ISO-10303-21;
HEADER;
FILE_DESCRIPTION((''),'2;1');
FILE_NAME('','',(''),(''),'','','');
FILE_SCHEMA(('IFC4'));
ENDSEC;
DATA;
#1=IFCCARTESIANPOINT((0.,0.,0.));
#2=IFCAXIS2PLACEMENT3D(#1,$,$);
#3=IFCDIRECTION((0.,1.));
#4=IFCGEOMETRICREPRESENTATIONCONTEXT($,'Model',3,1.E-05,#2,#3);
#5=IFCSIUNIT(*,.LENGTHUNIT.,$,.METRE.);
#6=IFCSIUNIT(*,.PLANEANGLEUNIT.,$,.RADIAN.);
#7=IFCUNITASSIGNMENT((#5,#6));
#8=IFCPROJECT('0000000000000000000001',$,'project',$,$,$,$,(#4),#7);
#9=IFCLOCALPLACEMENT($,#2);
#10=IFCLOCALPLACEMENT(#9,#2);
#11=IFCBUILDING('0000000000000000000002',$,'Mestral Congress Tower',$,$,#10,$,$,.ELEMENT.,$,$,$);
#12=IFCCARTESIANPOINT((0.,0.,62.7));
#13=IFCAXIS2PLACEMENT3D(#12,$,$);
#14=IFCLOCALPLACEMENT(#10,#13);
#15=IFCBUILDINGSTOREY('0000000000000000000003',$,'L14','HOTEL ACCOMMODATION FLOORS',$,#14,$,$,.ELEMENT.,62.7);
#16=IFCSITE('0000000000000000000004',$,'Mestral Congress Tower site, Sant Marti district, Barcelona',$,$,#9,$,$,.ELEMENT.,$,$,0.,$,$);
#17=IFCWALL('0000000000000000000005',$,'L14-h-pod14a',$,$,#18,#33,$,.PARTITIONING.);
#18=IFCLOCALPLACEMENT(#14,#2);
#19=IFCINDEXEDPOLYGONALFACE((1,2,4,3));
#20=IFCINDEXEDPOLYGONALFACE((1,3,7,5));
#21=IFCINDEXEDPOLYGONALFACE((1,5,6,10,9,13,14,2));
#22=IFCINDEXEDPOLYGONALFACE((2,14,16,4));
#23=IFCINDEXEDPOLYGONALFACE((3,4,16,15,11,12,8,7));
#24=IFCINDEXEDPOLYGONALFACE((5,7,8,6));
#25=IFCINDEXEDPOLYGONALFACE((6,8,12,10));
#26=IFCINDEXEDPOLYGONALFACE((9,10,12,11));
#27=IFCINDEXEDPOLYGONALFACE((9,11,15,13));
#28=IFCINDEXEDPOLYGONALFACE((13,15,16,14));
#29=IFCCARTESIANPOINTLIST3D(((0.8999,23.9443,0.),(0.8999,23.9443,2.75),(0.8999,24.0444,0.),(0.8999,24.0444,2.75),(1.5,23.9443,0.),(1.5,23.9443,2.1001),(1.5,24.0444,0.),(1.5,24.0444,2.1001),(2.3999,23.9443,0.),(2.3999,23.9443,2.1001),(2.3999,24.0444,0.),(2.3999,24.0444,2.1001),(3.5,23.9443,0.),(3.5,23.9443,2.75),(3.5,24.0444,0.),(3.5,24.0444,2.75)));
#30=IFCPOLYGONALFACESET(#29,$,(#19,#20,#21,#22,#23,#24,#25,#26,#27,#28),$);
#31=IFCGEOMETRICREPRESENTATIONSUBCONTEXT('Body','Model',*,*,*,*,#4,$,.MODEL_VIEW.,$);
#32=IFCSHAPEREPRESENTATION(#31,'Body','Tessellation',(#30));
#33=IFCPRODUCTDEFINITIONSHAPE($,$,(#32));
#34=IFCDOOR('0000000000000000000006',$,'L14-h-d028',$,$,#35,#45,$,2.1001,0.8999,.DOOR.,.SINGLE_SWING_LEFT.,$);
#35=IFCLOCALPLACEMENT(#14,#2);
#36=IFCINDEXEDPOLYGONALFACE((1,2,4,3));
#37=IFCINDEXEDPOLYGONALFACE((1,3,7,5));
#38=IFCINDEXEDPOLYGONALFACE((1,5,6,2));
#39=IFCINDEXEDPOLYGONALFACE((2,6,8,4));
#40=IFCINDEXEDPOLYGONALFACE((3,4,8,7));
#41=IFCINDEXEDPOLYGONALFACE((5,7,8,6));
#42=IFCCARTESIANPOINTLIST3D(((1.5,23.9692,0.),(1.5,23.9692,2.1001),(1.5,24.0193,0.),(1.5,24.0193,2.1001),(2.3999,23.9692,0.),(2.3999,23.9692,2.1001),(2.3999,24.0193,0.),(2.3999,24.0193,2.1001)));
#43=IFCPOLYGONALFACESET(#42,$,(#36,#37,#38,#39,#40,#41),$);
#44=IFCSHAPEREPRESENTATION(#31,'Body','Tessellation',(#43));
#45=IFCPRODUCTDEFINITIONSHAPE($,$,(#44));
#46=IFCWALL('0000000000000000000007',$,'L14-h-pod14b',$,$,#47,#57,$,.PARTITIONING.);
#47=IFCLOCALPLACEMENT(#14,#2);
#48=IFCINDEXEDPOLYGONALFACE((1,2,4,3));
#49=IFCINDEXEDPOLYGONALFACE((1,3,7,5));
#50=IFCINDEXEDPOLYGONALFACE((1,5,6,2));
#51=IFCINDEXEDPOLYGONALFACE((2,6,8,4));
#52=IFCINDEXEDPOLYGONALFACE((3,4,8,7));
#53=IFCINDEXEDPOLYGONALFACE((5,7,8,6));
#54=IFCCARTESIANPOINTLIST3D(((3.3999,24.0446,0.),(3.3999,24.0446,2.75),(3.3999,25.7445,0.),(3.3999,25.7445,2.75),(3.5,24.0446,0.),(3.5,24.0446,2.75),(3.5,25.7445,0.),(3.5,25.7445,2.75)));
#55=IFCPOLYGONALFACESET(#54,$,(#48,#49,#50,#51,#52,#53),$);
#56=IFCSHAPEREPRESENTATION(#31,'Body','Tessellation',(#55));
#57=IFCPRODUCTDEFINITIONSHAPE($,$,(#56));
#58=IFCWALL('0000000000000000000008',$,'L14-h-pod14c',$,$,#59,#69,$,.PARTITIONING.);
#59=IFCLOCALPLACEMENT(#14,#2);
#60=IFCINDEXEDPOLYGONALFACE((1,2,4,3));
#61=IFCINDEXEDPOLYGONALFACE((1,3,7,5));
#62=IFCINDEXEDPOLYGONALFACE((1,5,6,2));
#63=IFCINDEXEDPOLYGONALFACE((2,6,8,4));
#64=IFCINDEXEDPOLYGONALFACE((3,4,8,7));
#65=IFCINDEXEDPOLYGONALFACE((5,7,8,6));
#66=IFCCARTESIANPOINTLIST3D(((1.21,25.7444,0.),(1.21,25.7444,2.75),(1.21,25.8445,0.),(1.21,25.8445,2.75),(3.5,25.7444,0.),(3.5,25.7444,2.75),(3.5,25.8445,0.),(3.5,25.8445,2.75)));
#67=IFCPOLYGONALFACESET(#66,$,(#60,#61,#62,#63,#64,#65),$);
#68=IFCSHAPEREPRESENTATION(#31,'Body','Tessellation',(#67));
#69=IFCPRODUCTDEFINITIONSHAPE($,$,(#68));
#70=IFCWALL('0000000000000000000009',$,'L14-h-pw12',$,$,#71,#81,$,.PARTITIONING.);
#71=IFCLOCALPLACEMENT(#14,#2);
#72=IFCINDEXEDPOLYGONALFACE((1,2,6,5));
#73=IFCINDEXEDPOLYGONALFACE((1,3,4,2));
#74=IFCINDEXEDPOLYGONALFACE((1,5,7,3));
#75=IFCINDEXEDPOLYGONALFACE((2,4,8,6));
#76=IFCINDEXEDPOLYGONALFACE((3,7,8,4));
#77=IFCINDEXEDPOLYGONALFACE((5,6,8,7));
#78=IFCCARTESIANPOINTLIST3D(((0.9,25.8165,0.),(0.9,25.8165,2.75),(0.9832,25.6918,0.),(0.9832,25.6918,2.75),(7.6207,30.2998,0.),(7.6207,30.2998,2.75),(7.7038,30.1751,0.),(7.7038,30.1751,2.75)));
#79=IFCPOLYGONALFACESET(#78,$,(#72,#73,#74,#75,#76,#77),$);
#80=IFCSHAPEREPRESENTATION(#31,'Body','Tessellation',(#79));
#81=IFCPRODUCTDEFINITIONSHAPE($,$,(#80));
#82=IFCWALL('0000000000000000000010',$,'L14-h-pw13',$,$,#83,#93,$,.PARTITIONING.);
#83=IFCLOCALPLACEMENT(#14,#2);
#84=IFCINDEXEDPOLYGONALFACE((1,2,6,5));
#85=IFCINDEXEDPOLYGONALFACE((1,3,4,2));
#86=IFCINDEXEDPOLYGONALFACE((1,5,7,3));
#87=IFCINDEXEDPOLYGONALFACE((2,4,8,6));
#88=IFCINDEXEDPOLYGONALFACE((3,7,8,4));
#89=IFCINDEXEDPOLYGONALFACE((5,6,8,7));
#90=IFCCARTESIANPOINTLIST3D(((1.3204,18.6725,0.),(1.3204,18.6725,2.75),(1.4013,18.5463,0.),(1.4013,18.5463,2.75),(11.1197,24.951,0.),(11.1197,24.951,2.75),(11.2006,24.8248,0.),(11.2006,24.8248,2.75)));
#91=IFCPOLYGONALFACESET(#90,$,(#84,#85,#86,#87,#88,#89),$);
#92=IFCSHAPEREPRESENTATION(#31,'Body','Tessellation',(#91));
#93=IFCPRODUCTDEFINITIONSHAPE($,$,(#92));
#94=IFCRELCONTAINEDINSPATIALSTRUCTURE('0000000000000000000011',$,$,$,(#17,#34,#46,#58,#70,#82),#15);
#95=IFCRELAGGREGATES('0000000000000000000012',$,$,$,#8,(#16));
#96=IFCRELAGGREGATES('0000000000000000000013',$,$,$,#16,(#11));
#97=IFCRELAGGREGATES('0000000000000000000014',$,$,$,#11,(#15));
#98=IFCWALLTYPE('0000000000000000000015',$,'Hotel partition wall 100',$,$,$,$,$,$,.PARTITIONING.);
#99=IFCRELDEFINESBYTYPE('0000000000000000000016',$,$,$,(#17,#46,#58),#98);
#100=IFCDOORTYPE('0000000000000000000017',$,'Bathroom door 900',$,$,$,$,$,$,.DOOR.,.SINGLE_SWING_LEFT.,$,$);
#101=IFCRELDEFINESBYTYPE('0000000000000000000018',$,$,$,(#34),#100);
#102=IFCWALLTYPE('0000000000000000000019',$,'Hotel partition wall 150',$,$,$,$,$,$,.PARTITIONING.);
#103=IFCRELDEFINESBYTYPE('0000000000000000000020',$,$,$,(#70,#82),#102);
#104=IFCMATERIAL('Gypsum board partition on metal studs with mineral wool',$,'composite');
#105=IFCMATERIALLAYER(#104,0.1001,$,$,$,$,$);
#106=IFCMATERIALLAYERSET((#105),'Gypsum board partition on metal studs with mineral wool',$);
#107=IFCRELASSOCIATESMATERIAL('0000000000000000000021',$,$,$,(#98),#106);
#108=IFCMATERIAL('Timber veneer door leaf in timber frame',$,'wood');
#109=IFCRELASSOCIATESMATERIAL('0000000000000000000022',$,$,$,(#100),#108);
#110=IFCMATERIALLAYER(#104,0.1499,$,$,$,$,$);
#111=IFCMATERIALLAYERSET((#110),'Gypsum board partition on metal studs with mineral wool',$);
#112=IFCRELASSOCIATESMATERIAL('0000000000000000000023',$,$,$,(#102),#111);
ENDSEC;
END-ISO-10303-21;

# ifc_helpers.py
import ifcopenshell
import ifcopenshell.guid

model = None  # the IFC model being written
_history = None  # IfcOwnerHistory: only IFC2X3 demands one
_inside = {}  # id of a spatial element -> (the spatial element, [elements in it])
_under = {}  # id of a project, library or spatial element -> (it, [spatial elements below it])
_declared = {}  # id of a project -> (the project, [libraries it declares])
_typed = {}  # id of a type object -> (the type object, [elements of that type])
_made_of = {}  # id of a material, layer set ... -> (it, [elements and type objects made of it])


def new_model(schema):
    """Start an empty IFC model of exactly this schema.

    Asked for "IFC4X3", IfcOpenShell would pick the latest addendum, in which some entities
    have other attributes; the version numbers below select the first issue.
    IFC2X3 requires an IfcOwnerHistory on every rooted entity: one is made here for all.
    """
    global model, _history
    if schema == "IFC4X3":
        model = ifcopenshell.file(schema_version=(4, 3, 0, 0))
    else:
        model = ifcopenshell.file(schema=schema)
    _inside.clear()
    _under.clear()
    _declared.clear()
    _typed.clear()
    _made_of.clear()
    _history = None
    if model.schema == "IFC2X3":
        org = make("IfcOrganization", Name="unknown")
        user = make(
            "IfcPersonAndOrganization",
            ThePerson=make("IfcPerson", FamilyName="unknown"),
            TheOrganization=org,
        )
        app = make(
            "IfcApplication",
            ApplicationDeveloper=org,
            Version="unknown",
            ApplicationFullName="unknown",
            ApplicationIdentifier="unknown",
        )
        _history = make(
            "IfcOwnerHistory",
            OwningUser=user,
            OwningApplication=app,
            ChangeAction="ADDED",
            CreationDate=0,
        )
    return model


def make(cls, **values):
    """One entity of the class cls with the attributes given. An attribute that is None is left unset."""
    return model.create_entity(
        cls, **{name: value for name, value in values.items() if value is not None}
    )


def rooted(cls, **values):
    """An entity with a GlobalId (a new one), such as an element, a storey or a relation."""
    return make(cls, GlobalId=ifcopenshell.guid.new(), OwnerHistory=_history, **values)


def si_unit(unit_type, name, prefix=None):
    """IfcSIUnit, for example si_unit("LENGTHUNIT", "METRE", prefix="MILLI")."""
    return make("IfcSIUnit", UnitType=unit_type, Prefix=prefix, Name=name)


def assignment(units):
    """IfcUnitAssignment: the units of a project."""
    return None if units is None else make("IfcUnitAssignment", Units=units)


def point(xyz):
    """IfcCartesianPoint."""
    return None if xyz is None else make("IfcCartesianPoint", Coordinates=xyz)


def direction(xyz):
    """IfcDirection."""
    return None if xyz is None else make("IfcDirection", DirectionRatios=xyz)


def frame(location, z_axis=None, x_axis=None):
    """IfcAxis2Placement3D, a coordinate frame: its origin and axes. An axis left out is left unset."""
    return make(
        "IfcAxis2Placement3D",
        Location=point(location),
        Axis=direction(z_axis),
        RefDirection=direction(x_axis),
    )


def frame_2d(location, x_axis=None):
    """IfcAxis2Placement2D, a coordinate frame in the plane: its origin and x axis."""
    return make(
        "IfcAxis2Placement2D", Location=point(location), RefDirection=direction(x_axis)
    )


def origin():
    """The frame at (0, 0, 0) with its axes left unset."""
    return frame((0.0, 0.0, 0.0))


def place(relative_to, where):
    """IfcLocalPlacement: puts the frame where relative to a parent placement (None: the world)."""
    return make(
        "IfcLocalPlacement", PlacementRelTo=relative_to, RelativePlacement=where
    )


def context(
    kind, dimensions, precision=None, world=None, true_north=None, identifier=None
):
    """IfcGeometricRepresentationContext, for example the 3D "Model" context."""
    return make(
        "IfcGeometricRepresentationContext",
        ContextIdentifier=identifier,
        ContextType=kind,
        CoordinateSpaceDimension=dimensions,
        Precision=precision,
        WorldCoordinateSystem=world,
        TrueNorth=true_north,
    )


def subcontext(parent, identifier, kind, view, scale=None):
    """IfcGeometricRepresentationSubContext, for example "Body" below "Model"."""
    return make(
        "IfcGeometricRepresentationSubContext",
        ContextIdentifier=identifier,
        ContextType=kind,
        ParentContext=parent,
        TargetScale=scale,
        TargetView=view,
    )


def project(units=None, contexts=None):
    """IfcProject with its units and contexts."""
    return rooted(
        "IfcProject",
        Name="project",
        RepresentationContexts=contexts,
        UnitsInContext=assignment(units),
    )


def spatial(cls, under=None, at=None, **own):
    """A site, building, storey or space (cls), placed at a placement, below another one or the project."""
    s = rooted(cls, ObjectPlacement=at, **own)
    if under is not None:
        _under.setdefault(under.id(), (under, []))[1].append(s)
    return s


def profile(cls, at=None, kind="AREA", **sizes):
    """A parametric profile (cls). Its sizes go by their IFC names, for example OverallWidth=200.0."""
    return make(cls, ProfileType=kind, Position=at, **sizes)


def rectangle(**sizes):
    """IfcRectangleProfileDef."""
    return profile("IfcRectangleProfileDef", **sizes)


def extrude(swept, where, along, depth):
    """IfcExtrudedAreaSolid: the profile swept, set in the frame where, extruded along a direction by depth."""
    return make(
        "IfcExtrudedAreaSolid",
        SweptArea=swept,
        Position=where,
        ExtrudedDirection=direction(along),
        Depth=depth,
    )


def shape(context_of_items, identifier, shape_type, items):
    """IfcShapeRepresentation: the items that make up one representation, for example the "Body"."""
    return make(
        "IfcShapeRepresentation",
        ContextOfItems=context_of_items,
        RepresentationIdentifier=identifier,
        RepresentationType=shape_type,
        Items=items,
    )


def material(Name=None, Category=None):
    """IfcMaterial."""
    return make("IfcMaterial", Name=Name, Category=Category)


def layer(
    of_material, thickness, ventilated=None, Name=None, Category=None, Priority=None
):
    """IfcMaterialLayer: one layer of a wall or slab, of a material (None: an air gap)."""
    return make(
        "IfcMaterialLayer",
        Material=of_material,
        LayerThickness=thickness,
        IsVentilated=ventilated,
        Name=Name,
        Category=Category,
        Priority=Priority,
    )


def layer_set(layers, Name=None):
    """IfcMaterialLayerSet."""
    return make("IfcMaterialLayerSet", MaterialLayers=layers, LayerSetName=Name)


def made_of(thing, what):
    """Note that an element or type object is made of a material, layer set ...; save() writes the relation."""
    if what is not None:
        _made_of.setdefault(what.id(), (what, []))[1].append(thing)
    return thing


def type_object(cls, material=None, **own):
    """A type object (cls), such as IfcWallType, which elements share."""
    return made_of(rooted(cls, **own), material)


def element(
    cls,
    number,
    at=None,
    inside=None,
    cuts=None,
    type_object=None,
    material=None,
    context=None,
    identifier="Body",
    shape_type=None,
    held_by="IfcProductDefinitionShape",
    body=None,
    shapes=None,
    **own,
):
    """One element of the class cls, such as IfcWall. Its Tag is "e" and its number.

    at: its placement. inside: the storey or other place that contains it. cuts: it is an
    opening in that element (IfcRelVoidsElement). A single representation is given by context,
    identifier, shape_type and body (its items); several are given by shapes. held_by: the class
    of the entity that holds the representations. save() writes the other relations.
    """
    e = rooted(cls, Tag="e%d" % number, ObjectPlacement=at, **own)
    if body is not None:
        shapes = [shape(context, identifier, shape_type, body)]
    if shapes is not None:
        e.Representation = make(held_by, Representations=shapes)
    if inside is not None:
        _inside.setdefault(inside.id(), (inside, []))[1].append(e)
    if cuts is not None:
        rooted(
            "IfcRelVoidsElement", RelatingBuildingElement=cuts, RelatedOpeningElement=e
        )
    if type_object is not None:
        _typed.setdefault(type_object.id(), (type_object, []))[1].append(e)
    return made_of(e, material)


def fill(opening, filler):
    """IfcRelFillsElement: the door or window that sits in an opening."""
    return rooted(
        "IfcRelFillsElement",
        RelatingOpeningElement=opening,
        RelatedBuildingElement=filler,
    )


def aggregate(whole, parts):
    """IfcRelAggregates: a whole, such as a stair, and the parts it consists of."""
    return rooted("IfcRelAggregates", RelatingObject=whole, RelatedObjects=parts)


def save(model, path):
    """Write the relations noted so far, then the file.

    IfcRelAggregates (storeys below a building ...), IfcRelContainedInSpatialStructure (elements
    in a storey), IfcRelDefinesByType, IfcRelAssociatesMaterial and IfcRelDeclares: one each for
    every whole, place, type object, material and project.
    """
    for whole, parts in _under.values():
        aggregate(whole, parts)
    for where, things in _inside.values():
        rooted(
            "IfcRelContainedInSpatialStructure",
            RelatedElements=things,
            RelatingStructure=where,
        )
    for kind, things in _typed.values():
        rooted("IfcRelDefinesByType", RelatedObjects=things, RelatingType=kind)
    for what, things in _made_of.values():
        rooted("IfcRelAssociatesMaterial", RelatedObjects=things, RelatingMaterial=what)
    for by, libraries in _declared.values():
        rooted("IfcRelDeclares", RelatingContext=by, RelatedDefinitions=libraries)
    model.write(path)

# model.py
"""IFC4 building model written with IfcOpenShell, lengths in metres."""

from ifc_helpers import new_model, si_unit, direction, frame, frame_2d, origin, place, context, subcontext, project, spatial, rectangle, extrude, material, layer, layer_set, type_object, element, fill, save


model = new_model("IFC4")

# Units and contexts
model_context = context("Model", 3, precision=1e-05, world=origin(), true_north=direction((0.0, 1.0)))
body_context = subcontext(model_context, "Body", "Model", "MODEL_VIEW")
ifc_project = project(units=[si_unit("LENGTHUNIT", "METRE"), si_unit("PLANEANGLEUNIT", "RADIAN")], contexts=[model_context])

# Site, building, storey
site_placement = place(None, origin())
site = spatial("IfcSite", under=ifc_project, at=site_placement, Name="Mestral Congress Tower site, Sant Marti district, Barcelona", CompositionType="ELEMENT", RefElevation=0.0)
building_placement = place(site_placement, origin())
building = spatial("IfcBuilding", under=site, at=building_placement, Name="Mestral Congress Tower", CompositionType="ELEMENT")
storey_placement = place(building_placement, frame((0.0, 0.0, 62.7)))
storey = spatial("IfcBuildingStorey", under=building, at=storey_placement, Name="L14", Description="HOTEL ACCOMMODATION FLOORS", CompositionType="ELEMENT", Elevation=62.7)

# Wall, opening, door
ifc_material_1 = material(Name="Gypsum board partition on metal studs with mineral wool", Category="composite")
ifc_layer_1 = layer(ifc_material_1, 0.1001)
ifc_layer_set_1 = layer_set([ifc_layer_1], Name="Gypsum board partition on metal studs with mineral wool")
wall_type_1 = type_object("IfcWallType", Name="Hotel partition wall 100", PredefinedType="PARTITIONING", material=ifc_layer_set_1)
wall_1_placement = place(storey_placement, frame((0.8999, 23.9944, 0.0), z_axis=(0.0, 0.0, 1.0), x_axis=(1.0, 0.0, 0.0)))
wall_1 = element("IfcWall", 1, at=wall_1_placement, inside=storey, type_object=wall_type_1, Name="L14-h-pod14a", PredefinedType="PARTITIONING", context=body_context, shape_type="SweptSolid", body=[
    extrude(rectangle(XDim=2.6001, YDim=0.1001, at=frame_2d((1.3, 0.0))), origin(), (0.0, 0.0, 1.0), 2.75),
])
opening_1_placement = place(wall_1_placement, frame((0.6001, 0.0, 0.0)))
opening_1 = element("IfcOpeningElement", 2, at=opening_1_placement, cuts=wall_1, PredefinedType="OPENING", context=body_context, shape_type="SweptSolid", body=[
    extrude(rectangle(XDim=0.8999, YDim=2.1001, at=frame_2d((0.45, 1.05))), frame((0.0, 0.0601, 0.0), z_axis=(0.0, -1.0, 0.0), x_axis=(1.0, 0.0, 0.0)), (0.0, 0.0, 1.0), 0.1201),
])
ifc_material_2 = material(Name="Timber veneer door leaf in timber frame", Category="wood")
door_type = type_object("IfcDoorType", Name="Bathroom door 900", OperationType="SINGLE_SWING_LEFT", PredefinedType="DOOR", material=ifc_material_2)
door_placement = place(opening_1_placement, origin())
door = element("IfcDoor", 3, at=door_placement, inside=storey, type_object=door_type, Name="L14-h-d028", OperationType="SINGLE_SWING_LEFT", OverallHeight=2.1001, OverallWidth=0.8999, PredefinedType="DOOR", context=body_context, shape_type="SweptSolid", body=[
    extrude(rectangle(XDim=0.8999, YDim=2.1001, at=frame_2d((0.45, 1.05))), frame((0.0, 0.0249, 0.0), z_axis=(0.0, -1.0, 0.0), x_axis=(1.0, 0.0, 0.0)), (0.0, 0.0, 1.0), 0.05),
])
fill(opening_1, door)

# Walls
wall_2_placement = place(storey_placement, frame((3.45, 24.0444, 0.0), z_axis=(0.0, 0.0, 1.0), x_axis=(0.0, 1.0, 0.0)))
element("IfcWall", 4, at=wall_2_placement, inside=storey, type_object=wall_type_1, Name="L14-h-pod14b", PredefinedType="PARTITIONING", context=body_context, shape_type="SweptSolid", body=[
    extrude(rectangle(XDim=1.7, YDim=0.1001, at=frame_2d((0.8501, 0.0))), origin(), (0.0, 0.0, 1.0), 2.75),
])
wall_3_placement = place(storey_placement, frame((1.21, 25.7944, 0.0), z_axis=(0.0, 0.0, 1.0), x_axis=(1.0, 0.0, 0.0)))
element("IfcWall", 5, at=wall_3_placement, inside=storey, type_object=wall_type_1, Name="L14-h-pod14c", PredefinedType="PARTITIONING", context=body_context, shape_type="SweptSolid", body=[
    extrude(rectangle(XDim=2.29, YDim=0.1001, at=frame_2d((1.145, 0.0))), origin(), (0.0, 0.0, 1.0), 2.75),
])
ifc_layer_2 = layer(ifc_material_1, 0.1499)
ifc_layer_set_2 = layer_set([ifc_layer_2], Name="Gypsum board partition on metal studs with mineral wool")
wall_type_2 = type_object("IfcWallType", Name="Hotel partition wall 150", PredefinedType="PARTITIONING", material=ifc_layer_set_2)
wall_4_placement = place(storey_placement, frame((7.6624, 30.2375, 0.0), z_axis=(0.0, 0.0, 1.0), x_axis=(-0.831883, -0.554951, 0.0)))
element("IfcWall", 6, at=wall_4_placement, inside=storey, type_object=wall_type_2, Name="L14-h-pw12", PredefinedType="PARTITIONING", context=body_context, shape_type="SweptSolid", body=[
    extrude(rectangle(XDim=8.0789, YDim=0.1499, at=frame_2d((4.0396, 0.0))), origin(), (0.0, 0.0, 1.0), 2.75),
])
wall_5_placement = place(storey_placement, frame((11.1602, 24.8879, 0.0), z_axis=(0.0, 0.0, 1.0), x_axis=(-0.841998, -0.53948, 0.0)))
element("IfcWall", 7, at=wall_5_placement, inside=storey, type_object=wall_type_2, Name="L14-h-pw13", PredefinedType="PARTITIONING", context=body_context, shape_type="SweptSolid", body=[
    extrude(rectangle(XDim=11.6382, YDim=0.1499, at=frame_2d((5.8191, 0.0))), origin(), (0.0, 0.0, 1.0), 2.75),
])

save(model, "model.ifc")
